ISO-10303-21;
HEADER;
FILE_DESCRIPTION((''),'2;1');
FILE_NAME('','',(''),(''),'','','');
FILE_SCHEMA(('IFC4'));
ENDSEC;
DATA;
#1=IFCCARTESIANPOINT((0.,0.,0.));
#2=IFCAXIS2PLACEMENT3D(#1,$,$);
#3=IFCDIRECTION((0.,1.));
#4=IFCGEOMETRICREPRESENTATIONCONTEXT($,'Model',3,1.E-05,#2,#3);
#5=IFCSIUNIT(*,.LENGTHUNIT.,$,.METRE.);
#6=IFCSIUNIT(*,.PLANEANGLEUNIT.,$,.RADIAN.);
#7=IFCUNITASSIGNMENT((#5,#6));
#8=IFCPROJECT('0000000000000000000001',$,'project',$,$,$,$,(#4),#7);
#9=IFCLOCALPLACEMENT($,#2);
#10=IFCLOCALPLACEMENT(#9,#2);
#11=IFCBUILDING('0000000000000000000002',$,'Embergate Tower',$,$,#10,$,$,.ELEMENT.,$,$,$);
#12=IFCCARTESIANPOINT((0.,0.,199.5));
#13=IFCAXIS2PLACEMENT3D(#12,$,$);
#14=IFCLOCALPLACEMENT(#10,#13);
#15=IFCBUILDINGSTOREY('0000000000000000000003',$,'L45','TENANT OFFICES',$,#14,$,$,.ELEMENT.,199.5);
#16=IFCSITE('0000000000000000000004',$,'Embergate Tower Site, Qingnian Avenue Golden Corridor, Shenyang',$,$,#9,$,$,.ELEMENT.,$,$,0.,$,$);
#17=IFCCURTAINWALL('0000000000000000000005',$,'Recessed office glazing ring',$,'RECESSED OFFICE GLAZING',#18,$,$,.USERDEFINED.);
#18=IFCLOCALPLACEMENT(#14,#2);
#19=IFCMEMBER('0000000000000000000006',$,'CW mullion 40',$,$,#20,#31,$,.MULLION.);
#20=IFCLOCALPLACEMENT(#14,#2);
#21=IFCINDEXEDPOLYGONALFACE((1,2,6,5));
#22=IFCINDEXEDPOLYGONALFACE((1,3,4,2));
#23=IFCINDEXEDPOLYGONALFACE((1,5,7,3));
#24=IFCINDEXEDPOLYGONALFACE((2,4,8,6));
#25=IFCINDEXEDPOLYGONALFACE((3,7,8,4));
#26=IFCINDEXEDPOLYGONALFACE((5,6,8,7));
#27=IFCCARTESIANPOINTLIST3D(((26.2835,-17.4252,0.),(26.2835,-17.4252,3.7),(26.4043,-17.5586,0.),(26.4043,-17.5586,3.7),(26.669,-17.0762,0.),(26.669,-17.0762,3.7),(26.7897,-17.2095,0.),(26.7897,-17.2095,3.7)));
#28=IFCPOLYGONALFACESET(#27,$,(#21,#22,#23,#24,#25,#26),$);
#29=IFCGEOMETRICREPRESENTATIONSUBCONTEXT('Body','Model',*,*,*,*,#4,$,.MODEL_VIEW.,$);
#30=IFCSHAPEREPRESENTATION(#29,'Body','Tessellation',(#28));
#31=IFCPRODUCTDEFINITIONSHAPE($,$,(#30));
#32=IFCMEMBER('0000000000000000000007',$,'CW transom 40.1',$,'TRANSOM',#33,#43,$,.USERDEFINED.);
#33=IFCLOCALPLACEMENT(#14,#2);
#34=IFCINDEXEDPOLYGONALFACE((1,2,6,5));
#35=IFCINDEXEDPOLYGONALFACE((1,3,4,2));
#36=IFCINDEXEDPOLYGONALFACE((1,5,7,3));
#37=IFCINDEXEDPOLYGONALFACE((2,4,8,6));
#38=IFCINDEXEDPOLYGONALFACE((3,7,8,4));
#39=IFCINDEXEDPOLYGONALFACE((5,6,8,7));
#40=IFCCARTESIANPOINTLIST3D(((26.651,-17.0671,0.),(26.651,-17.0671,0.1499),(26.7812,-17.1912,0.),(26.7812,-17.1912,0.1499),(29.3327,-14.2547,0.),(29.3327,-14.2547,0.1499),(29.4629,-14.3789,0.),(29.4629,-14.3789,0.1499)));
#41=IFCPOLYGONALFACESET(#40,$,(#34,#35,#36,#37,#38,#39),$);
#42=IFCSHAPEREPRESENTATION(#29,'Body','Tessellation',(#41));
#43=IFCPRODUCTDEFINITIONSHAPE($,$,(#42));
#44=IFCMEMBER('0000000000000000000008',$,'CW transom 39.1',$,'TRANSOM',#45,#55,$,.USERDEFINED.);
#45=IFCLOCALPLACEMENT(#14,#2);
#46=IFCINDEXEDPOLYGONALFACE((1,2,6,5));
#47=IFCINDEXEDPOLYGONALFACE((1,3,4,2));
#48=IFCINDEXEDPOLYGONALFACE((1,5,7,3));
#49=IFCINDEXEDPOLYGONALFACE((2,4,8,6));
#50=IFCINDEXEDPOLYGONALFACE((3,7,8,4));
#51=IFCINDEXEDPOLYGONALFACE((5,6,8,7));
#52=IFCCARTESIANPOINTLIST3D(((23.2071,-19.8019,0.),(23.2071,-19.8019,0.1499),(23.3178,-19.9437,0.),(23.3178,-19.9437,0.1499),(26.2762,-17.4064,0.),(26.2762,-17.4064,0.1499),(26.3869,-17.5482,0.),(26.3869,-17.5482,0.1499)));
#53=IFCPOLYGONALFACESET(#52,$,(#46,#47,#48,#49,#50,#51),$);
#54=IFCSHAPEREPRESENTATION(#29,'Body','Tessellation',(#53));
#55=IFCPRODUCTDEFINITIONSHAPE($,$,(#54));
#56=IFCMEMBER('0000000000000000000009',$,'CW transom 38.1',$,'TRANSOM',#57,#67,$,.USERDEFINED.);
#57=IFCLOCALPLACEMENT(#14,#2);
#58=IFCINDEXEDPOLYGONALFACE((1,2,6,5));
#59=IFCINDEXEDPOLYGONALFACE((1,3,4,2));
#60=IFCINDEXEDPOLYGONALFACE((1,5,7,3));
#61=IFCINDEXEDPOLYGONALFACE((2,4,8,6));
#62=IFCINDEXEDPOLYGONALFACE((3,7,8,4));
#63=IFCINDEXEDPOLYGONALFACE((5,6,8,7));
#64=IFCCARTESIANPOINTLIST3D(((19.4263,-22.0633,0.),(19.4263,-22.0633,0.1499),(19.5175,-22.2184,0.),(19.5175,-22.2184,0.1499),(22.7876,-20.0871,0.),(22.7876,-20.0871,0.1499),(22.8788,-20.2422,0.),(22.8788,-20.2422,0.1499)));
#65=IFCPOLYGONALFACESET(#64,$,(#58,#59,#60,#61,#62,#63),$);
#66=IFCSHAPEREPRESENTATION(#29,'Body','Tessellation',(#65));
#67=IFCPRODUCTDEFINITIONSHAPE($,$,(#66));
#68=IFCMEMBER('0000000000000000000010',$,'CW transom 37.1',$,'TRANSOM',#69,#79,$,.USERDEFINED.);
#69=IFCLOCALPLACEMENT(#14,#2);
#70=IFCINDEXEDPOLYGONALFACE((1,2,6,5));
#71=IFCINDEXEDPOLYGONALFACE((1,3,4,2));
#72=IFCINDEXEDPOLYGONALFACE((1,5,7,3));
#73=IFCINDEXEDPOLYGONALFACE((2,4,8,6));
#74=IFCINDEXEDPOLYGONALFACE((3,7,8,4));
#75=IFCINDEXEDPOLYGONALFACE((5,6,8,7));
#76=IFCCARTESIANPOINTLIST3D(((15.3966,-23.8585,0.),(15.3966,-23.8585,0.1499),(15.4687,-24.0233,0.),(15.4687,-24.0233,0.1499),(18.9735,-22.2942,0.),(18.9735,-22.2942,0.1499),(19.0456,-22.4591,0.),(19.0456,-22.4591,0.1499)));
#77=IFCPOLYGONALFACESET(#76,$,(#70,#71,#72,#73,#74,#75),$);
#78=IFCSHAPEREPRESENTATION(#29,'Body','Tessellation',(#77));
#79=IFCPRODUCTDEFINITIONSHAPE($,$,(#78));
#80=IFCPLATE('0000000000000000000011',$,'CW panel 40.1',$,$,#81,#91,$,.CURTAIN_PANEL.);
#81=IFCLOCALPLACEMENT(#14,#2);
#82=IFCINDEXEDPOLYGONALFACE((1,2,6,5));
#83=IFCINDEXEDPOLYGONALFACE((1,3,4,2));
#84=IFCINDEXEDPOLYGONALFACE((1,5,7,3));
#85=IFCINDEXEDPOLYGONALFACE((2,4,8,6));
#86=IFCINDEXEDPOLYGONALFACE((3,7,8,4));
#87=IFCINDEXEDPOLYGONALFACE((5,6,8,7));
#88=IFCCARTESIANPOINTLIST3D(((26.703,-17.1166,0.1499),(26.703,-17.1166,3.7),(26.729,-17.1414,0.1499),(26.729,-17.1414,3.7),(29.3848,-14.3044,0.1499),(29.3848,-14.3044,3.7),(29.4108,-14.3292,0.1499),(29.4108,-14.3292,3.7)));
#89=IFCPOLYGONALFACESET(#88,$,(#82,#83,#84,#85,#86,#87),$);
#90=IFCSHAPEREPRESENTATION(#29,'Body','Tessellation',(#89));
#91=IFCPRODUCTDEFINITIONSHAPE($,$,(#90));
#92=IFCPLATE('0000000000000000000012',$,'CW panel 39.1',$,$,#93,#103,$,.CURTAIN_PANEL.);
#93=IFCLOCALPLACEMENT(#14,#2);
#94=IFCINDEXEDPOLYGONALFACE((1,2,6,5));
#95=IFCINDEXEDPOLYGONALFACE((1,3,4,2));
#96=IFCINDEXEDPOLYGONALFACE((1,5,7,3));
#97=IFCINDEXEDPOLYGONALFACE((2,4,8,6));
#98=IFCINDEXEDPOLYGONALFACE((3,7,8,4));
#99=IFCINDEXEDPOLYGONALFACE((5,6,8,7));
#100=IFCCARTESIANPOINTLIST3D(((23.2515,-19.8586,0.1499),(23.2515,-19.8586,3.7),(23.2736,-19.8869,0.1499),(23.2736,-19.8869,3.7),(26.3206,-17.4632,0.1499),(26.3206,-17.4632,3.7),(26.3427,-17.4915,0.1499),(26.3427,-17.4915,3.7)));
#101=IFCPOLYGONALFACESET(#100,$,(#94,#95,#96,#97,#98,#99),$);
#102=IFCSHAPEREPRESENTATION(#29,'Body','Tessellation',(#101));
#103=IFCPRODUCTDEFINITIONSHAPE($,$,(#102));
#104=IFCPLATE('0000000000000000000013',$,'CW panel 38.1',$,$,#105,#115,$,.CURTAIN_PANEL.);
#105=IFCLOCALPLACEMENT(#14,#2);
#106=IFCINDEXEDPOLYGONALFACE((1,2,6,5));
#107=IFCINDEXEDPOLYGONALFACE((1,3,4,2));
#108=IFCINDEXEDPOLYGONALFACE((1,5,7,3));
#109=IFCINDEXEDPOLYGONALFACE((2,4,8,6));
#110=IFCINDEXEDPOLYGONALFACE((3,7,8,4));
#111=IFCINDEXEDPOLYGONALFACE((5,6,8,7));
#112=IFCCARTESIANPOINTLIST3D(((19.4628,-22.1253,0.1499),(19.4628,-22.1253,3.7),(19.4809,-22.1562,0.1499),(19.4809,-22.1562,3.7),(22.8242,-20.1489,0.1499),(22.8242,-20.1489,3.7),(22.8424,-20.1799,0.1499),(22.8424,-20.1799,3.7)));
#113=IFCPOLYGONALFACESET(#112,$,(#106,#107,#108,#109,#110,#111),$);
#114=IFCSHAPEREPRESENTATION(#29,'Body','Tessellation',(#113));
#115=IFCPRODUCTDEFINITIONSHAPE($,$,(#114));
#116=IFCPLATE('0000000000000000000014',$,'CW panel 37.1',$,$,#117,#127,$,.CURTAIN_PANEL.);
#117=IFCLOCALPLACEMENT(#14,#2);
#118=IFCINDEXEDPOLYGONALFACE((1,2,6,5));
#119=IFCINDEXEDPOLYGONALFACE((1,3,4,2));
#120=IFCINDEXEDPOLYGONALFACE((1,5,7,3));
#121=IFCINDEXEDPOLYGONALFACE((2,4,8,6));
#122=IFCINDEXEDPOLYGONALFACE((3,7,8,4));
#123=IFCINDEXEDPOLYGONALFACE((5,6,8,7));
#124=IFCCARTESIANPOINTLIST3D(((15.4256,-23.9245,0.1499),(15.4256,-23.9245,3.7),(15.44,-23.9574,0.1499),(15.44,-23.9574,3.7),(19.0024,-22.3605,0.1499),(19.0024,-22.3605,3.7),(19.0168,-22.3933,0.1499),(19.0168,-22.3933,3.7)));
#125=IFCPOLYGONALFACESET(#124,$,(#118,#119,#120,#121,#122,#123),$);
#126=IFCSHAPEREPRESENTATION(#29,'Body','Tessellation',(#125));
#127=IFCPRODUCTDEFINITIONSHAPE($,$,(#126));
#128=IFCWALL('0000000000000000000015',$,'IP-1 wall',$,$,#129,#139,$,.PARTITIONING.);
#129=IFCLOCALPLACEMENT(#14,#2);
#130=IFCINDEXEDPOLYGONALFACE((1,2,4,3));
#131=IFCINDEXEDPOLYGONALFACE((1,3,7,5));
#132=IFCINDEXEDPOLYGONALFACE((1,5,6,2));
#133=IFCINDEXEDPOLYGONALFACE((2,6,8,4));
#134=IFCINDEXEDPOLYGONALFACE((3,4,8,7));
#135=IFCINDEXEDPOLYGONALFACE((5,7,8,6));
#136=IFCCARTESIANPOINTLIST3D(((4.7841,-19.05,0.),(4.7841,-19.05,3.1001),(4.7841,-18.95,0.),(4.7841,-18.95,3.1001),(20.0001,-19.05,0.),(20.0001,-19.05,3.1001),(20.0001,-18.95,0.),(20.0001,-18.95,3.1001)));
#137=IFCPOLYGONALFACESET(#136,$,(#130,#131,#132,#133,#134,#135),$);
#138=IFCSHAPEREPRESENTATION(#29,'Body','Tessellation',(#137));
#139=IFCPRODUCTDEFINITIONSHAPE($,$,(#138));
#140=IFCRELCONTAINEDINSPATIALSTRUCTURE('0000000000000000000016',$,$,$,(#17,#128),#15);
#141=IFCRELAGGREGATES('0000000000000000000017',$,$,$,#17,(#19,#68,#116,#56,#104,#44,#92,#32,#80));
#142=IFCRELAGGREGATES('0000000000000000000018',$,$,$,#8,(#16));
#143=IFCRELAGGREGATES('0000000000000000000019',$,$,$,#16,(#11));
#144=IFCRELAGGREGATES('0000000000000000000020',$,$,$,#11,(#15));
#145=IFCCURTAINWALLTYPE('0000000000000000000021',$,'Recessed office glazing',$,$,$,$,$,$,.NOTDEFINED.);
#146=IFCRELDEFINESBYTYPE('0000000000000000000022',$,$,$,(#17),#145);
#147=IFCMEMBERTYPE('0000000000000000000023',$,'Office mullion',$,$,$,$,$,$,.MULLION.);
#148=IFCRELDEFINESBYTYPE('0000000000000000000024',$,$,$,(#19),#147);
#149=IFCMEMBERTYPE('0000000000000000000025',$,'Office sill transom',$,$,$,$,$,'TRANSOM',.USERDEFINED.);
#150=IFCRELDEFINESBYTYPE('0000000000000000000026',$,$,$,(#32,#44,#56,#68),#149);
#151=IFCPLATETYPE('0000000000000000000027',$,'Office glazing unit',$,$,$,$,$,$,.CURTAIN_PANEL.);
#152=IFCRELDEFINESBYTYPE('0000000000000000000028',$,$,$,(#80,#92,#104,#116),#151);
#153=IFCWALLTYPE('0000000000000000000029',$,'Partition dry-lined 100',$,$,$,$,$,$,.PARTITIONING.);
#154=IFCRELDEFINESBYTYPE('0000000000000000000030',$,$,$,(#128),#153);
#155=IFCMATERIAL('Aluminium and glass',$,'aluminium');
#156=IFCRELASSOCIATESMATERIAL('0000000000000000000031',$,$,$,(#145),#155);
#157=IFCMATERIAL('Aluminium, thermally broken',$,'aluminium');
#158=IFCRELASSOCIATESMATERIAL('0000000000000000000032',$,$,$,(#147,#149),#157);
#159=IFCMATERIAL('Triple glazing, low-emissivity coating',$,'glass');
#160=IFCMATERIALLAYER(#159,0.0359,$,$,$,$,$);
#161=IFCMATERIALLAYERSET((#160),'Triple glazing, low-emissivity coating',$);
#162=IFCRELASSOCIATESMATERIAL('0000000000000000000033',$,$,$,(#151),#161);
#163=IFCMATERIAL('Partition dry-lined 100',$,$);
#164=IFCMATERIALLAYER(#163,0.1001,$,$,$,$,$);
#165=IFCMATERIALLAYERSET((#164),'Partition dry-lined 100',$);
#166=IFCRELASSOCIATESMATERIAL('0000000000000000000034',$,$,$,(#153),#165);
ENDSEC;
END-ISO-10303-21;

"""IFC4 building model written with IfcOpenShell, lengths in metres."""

from ifc_helpers import new_model, si_unit, direction, frame, frame_2d, origin, origin_2d, place, context, subcontext, project, spatial, rectangle, extrude, source, transform, mapped, material, layer, layer_set, material_profile, profile_set, type_object, element, aggregate, save


model = new_model("IFC4")

# Units and contexts
model_context = context("Model", 3, precision=1e-05, world=origin(), true_north=direction((0.0, 1.0)))
body_context = subcontext(model_context, "Body", "Model", "MODEL_VIEW")
ifc_project = project(units=[si_unit("LENGTHUNIT", "METRE"), si_unit("PLANEANGLEUNIT", "RADIAN")], contexts=[model_context])

# Site, building, storey
site_placement = place(None, origin())
site = spatial("IfcSite", under=ifc_project, at=site_placement, Name="Embergate Tower Site, Qingnian Avenue Golden Corridor, Shenyang", CompositionType="ELEMENT", RefElevation=0.0)
building_placement = place(site_placement, origin())
building = spatial("IfcBuilding", under=site, at=building_placement, Name="Embergate Tower", CompositionType="ELEMENT")
storey_placement = place(building_placement, frame((0.0, 0.0, 199.5)))
storey = spatial("IfcBuildingStorey", under=building, at=storey_placement, Name="L45", Description="TENANT OFFICES", CompositionType="ELEMENT", Elevation=199.5)

# Curtain wall, members, plates
ifc_material_1 = material(Name="Aluminium and glass", Category="aluminium")
curtain_wall_type = type_object("IfcCurtainWallType", Name="Recessed office glazing", PredefinedType="NOTDEFINED", material=ifc_material_1)
curtain_wall_placement = place(storey_placement, origin())
curtain_wall = element("IfcCurtainWall", 1, at=curtain_wall_placement, inside=storey, type_object=curtain_wall_type, Name="Recessed office glazing ring", ObjectType="RECESSED OFFICE GLAZING", PredefinedType="USERDEFINED")
ifc_material_2 = material(Name="Aluminium, thermally broken", Category="aluminium")
ifc_material_profile_1 = material_profile(ifc_material_2, rectangle(XDim=0.1799, YDim=0.52, at=origin_2d()), Name="AL 520x180")
ifc_profile_set_1 = profile_set([ifc_material_profile_1], Name="Aluminium, thermally broken")
member_type_1 = type_object("IfcMemberType", Name="Office mullion", PredefinedType="MULLION", material=ifc_profile_set_1)
shared_shape_1 = source(origin(), body_context, "Body", "SweptSolid", [
    extrude(rectangle(XDim=0.1799, YDim=0.52, at=origin_2d()), origin(), (0.0, 0.0, 1.0), 3.7),
])
member_1_placement = place(storey_placement, frame((26.5366, -17.3174, 0.0), z_axis=(0.0, 0.0, 1.0), x_axis=(-0.671236, 0.741244, 0.0)))
member_1 = element("IfcMember", 2, at=member_1_placement, type_object=member_type_1, Name="CW mullion 40", PredefinedType="MULLION", context=body_context, shape_type="MappedRepresentation", body=[
    mapped(shared_shape_1, transform((0.0, 0.0, 0.0))),
])
ifc_material_profile_2 = material_profile(ifc_material_2, rectangle(XDim=0.1799, YDim=0.1499, at=origin_2d()), Name="AL 150x180")
ifc_profile_set_2 = profile_set([ifc_material_profile_2], Name="Aluminium, thermally broken")
member_type_2 = type_object("IfcMemberType", Name="Office sill transom", ElementType="TRANSOM", PredefinedType="USERDEFINED", material=ifc_profile_set_2)
shared_shape_2 = source(origin(), body_context, "Body", "SweptSolid", [
    extrude(rectangle(XDim=0.1799, YDim=0.1499, at=origin_2d()), origin(), (0.0, 0.0, 1.0), 3.886),
])
member_2_placement = place(storey_placement, frame((26.7161, -17.1292, 0.075), z_axis=(0.690101, 0.723713, 0.0), x_axis=(-0.723713, 0.690101, 0.0)))
member_2 = element("IfcMember", 3, at=member_2_placement, type_object=member_type_2, Name="CW transom 40.1", ObjectType="TRANSOM", PredefinedType="USERDEFINED", context=body_context, shape_type="MappedRepresentation", body=[
    mapped(shared_shape_2, transform((0.0, 0.0, 0.0))),
])
shared_shape_3 = source(origin(), body_context, "Body", "SweptSolid", [
    extrude(rectangle(XDim=0.1799, YDim=0.1499, at=origin_2d()), origin(), (0.0, 0.0, 1.0), 3.8933),
])
member_3_placement = place(storey_placement, frame((23.2625, -19.8728, 0.075), z_axis=(0.788301, 0.61529, 0.0), x_axis=(-0.61529, 0.788301, 0.0)))
member_3 = element("IfcMember", 4, at=member_3_placement, type_object=member_type_2, Name="CW transom 39.1", ObjectType="TRANSOM", PredefinedType="USERDEFINED", context=body_context, shape_type="MappedRepresentation", body=[
    mapped(shared_shape_3, transform((0.0, 0.0, 0.0))),
])
shared_shape_4 = source(origin(), body_context, "Body", "SweptSolid", [
    extrude(rectangle(XDim=0.1799, YDim=0.1499, at=origin_2d()), origin(), (0.0, 0.0, 1.0), 3.8992),
])
member_4_placement = place(storey_placement, frame((19.4719, -22.1409, 0.075), z_axis=(0.862039, 0.506842, 0.0), x_axis=(-0.506842, 0.862039, 0.0)))
member_4 = element("IfcMember", 5, at=member_4_placement, type_object=member_type_2, Name="CW transom 38.1", ObjectType="TRANSOM", PredefinedType="USERDEFINED", context=body_context, shape_type="MappedRepresentation", body=[
    mapped(shared_shape_4, transform((0.0, 0.0, 0.0))),
])
shared_shape_5 = source(origin(), body_context, "Body", "SweptSolid", [
    extrude(rectangle(XDim=0.1799, YDim=0.1499, at=origin_2d()), origin(), (0.0, 0.0, 1.0), 3.9041),
])
member_5_placement = place(storey_placement, frame((15.4326, -23.9409, 0.075), z_axis=(0.916222, 0.400671, 0.0), x_axis=(-0.400671, 0.916222, 0.0)))
member_5 = element("IfcMember", 6, at=member_5_placement, type_object=member_type_2, Name="CW transom 37.1", ObjectType="TRANSOM", PredefinedType="USERDEFINED", context=body_context, shape_type="MappedRepresentation", body=[
    mapped(shared_shape_5, transform((0.0, 0.0, 0.0))),
])
ifc_material_3 = material(Name="Triple glazing, low-emissivity coating", Category="glass")
ifc_layer_1 = layer(ifc_material_3, 0.0359)
ifc_layer_set_1 = layer_set([ifc_layer_1], Name="Triple glazing, low-emissivity coating")
plate_type = type_object("IfcPlateType", Name="Office glazing unit", PredefinedType="CURTAIN_PANEL", material=ifc_layer_set_1)
shared_shape_6 = source(origin(), body_context, "Body", "SweptSolid", [
    extrude(rectangle(XDim=3.886, YDim=0.0359, at=origin_2d()), origin(), (0.0, 0.0, 1.0), 3.55),
])
plate_1_placement = place(storey_placement, frame((28.0569, -15.7229, 0.1499), z_axis=(0.0, 0.0, 1.0), x_axis=(0.690124, 0.723691, 0.0)))
plate_1 = element("IfcPlate", 7, at=plate_1_placement, type_object=plate_type, Name="CW panel 40.1", PredefinedType="CURTAIN_PANEL", context=body_context, shape_type="MappedRepresentation", body=[
    mapped(shared_shape_6, transform((0.0, 0.0, 0.0))),
])
shared_shape_7 = source(origin(), body_context, "Body", "SweptSolid", [
    extrude(rectangle(XDim=3.8933, YDim=0.0359, at=origin_2d()), origin(), (0.0, 0.0, 1.0), 3.55),
])
plate_2_placement = place(storey_placement, frame((24.7971, -18.675, 0.1499), z_axis=(0.0, 0.0, 1.0), x_axis=(0.788312, 0.615276, 0.0)))
plate_2 = element("IfcPlate", 8, at=plate_2_placement, type_object=plate_type, Name="CW panel 39.1", PredefinedType="CURTAIN_PANEL", context=body_context, shape_type="MappedRepresentation", body=[
    mapped(shared_shape_7, transform((0.0, 0.0, 0.0))),
])
shared_shape_8 = source(origin(), body_context, "Body", "SweptSolid", [
    extrude(rectangle(XDim=3.8994, YDim=0.0359, at=origin_2d()), origin(), (0.0, 0.0, 1.0), 3.55),
])
plate_3_placement = place(storey_placement, frame((21.1526, -21.1526, 0.1499), z_axis=(0.0, 0.0, 1.0), x_axis=(0.862046, 0.50683, 0.0)))
plate_3 = element("IfcPlate", 9, at=plate_3_placement, type_object=plate_type, Name="CW panel 38.1", PredefinedType="CURTAIN_PANEL", context=body_context, shape_type="MappedRepresentation", body=[
    mapped(shared_shape_8, transform((0.0, 0.0, 0.0))),
])
shared_shape_9 = source(origin(), body_context, "Body", "SweptSolid", [
    extrude(rectangle(XDim=3.9038, YDim=0.0359, at=origin_2d()), origin(), (0.0, 0.0, 1.0), 3.55),
])
plate_4_placement = place(storey_placement, frame((17.2212, -23.1589, 0.1499), z_axis=(0.0, 0.0, 1.0), x_axis=(0.916231, 0.40065, 0.0)))
plate_4 = element("IfcPlate", 10, at=plate_4_placement, type_object=plate_type, Name="CW panel 37.1", PredefinedType="CURTAIN_PANEL", context=body_context, shape_type="MappedRepresentation", body=[
    mapped(shared_shape_9, transform((0.0, 0.0, 0.0))),
])
aggregate(curtain_wall, [member_1, member_5, plate_4, member_4, plate_3, member_3, plate_2, member_2, plate_1])

# Wall
ifc_material_4 = material(Name="Partition dry-lined 100")
ifc_layer_2 = layer(ifc_material_4, 0.1001)
ifc_layer_set_2 = layer_set([ifc_layer_2], Name="Partition dry-lined 100")
wall_type = type_object("IfcWallType", Name="Partition dry-lined 100", PredefinedType="PARTITIONING", material=ifc_layer_set_2)
shared_shape_10 = source(origin(), body_context, "Body", "SweptSolid", [
    extrude(rectangle(XDim=15.2161, YDim=0.1001, at=frame_2d((7.6079, 0.0))), origin(), (0.0, 0.0, 1.0), 3.1001),
])
wall_placement = place(storey_placement, frame((20.0, -19.0, 0.0), z_axis=(0.0, 0.0, 1.0), x_axis=(-1.0, 0.0, 0.0)))
element("IfcWall", 11, at=wall_placement, inside=storey, type_object=wall_type, Name="IP-1 wall", PredefinedType="PARTITIONING", context=body_context, shape_type="MappedRepresentation", body=[
    mapped(shared_shape_10, transform((0.0, 0.0, 0.0))),
])

save(model, "model.ifc")
